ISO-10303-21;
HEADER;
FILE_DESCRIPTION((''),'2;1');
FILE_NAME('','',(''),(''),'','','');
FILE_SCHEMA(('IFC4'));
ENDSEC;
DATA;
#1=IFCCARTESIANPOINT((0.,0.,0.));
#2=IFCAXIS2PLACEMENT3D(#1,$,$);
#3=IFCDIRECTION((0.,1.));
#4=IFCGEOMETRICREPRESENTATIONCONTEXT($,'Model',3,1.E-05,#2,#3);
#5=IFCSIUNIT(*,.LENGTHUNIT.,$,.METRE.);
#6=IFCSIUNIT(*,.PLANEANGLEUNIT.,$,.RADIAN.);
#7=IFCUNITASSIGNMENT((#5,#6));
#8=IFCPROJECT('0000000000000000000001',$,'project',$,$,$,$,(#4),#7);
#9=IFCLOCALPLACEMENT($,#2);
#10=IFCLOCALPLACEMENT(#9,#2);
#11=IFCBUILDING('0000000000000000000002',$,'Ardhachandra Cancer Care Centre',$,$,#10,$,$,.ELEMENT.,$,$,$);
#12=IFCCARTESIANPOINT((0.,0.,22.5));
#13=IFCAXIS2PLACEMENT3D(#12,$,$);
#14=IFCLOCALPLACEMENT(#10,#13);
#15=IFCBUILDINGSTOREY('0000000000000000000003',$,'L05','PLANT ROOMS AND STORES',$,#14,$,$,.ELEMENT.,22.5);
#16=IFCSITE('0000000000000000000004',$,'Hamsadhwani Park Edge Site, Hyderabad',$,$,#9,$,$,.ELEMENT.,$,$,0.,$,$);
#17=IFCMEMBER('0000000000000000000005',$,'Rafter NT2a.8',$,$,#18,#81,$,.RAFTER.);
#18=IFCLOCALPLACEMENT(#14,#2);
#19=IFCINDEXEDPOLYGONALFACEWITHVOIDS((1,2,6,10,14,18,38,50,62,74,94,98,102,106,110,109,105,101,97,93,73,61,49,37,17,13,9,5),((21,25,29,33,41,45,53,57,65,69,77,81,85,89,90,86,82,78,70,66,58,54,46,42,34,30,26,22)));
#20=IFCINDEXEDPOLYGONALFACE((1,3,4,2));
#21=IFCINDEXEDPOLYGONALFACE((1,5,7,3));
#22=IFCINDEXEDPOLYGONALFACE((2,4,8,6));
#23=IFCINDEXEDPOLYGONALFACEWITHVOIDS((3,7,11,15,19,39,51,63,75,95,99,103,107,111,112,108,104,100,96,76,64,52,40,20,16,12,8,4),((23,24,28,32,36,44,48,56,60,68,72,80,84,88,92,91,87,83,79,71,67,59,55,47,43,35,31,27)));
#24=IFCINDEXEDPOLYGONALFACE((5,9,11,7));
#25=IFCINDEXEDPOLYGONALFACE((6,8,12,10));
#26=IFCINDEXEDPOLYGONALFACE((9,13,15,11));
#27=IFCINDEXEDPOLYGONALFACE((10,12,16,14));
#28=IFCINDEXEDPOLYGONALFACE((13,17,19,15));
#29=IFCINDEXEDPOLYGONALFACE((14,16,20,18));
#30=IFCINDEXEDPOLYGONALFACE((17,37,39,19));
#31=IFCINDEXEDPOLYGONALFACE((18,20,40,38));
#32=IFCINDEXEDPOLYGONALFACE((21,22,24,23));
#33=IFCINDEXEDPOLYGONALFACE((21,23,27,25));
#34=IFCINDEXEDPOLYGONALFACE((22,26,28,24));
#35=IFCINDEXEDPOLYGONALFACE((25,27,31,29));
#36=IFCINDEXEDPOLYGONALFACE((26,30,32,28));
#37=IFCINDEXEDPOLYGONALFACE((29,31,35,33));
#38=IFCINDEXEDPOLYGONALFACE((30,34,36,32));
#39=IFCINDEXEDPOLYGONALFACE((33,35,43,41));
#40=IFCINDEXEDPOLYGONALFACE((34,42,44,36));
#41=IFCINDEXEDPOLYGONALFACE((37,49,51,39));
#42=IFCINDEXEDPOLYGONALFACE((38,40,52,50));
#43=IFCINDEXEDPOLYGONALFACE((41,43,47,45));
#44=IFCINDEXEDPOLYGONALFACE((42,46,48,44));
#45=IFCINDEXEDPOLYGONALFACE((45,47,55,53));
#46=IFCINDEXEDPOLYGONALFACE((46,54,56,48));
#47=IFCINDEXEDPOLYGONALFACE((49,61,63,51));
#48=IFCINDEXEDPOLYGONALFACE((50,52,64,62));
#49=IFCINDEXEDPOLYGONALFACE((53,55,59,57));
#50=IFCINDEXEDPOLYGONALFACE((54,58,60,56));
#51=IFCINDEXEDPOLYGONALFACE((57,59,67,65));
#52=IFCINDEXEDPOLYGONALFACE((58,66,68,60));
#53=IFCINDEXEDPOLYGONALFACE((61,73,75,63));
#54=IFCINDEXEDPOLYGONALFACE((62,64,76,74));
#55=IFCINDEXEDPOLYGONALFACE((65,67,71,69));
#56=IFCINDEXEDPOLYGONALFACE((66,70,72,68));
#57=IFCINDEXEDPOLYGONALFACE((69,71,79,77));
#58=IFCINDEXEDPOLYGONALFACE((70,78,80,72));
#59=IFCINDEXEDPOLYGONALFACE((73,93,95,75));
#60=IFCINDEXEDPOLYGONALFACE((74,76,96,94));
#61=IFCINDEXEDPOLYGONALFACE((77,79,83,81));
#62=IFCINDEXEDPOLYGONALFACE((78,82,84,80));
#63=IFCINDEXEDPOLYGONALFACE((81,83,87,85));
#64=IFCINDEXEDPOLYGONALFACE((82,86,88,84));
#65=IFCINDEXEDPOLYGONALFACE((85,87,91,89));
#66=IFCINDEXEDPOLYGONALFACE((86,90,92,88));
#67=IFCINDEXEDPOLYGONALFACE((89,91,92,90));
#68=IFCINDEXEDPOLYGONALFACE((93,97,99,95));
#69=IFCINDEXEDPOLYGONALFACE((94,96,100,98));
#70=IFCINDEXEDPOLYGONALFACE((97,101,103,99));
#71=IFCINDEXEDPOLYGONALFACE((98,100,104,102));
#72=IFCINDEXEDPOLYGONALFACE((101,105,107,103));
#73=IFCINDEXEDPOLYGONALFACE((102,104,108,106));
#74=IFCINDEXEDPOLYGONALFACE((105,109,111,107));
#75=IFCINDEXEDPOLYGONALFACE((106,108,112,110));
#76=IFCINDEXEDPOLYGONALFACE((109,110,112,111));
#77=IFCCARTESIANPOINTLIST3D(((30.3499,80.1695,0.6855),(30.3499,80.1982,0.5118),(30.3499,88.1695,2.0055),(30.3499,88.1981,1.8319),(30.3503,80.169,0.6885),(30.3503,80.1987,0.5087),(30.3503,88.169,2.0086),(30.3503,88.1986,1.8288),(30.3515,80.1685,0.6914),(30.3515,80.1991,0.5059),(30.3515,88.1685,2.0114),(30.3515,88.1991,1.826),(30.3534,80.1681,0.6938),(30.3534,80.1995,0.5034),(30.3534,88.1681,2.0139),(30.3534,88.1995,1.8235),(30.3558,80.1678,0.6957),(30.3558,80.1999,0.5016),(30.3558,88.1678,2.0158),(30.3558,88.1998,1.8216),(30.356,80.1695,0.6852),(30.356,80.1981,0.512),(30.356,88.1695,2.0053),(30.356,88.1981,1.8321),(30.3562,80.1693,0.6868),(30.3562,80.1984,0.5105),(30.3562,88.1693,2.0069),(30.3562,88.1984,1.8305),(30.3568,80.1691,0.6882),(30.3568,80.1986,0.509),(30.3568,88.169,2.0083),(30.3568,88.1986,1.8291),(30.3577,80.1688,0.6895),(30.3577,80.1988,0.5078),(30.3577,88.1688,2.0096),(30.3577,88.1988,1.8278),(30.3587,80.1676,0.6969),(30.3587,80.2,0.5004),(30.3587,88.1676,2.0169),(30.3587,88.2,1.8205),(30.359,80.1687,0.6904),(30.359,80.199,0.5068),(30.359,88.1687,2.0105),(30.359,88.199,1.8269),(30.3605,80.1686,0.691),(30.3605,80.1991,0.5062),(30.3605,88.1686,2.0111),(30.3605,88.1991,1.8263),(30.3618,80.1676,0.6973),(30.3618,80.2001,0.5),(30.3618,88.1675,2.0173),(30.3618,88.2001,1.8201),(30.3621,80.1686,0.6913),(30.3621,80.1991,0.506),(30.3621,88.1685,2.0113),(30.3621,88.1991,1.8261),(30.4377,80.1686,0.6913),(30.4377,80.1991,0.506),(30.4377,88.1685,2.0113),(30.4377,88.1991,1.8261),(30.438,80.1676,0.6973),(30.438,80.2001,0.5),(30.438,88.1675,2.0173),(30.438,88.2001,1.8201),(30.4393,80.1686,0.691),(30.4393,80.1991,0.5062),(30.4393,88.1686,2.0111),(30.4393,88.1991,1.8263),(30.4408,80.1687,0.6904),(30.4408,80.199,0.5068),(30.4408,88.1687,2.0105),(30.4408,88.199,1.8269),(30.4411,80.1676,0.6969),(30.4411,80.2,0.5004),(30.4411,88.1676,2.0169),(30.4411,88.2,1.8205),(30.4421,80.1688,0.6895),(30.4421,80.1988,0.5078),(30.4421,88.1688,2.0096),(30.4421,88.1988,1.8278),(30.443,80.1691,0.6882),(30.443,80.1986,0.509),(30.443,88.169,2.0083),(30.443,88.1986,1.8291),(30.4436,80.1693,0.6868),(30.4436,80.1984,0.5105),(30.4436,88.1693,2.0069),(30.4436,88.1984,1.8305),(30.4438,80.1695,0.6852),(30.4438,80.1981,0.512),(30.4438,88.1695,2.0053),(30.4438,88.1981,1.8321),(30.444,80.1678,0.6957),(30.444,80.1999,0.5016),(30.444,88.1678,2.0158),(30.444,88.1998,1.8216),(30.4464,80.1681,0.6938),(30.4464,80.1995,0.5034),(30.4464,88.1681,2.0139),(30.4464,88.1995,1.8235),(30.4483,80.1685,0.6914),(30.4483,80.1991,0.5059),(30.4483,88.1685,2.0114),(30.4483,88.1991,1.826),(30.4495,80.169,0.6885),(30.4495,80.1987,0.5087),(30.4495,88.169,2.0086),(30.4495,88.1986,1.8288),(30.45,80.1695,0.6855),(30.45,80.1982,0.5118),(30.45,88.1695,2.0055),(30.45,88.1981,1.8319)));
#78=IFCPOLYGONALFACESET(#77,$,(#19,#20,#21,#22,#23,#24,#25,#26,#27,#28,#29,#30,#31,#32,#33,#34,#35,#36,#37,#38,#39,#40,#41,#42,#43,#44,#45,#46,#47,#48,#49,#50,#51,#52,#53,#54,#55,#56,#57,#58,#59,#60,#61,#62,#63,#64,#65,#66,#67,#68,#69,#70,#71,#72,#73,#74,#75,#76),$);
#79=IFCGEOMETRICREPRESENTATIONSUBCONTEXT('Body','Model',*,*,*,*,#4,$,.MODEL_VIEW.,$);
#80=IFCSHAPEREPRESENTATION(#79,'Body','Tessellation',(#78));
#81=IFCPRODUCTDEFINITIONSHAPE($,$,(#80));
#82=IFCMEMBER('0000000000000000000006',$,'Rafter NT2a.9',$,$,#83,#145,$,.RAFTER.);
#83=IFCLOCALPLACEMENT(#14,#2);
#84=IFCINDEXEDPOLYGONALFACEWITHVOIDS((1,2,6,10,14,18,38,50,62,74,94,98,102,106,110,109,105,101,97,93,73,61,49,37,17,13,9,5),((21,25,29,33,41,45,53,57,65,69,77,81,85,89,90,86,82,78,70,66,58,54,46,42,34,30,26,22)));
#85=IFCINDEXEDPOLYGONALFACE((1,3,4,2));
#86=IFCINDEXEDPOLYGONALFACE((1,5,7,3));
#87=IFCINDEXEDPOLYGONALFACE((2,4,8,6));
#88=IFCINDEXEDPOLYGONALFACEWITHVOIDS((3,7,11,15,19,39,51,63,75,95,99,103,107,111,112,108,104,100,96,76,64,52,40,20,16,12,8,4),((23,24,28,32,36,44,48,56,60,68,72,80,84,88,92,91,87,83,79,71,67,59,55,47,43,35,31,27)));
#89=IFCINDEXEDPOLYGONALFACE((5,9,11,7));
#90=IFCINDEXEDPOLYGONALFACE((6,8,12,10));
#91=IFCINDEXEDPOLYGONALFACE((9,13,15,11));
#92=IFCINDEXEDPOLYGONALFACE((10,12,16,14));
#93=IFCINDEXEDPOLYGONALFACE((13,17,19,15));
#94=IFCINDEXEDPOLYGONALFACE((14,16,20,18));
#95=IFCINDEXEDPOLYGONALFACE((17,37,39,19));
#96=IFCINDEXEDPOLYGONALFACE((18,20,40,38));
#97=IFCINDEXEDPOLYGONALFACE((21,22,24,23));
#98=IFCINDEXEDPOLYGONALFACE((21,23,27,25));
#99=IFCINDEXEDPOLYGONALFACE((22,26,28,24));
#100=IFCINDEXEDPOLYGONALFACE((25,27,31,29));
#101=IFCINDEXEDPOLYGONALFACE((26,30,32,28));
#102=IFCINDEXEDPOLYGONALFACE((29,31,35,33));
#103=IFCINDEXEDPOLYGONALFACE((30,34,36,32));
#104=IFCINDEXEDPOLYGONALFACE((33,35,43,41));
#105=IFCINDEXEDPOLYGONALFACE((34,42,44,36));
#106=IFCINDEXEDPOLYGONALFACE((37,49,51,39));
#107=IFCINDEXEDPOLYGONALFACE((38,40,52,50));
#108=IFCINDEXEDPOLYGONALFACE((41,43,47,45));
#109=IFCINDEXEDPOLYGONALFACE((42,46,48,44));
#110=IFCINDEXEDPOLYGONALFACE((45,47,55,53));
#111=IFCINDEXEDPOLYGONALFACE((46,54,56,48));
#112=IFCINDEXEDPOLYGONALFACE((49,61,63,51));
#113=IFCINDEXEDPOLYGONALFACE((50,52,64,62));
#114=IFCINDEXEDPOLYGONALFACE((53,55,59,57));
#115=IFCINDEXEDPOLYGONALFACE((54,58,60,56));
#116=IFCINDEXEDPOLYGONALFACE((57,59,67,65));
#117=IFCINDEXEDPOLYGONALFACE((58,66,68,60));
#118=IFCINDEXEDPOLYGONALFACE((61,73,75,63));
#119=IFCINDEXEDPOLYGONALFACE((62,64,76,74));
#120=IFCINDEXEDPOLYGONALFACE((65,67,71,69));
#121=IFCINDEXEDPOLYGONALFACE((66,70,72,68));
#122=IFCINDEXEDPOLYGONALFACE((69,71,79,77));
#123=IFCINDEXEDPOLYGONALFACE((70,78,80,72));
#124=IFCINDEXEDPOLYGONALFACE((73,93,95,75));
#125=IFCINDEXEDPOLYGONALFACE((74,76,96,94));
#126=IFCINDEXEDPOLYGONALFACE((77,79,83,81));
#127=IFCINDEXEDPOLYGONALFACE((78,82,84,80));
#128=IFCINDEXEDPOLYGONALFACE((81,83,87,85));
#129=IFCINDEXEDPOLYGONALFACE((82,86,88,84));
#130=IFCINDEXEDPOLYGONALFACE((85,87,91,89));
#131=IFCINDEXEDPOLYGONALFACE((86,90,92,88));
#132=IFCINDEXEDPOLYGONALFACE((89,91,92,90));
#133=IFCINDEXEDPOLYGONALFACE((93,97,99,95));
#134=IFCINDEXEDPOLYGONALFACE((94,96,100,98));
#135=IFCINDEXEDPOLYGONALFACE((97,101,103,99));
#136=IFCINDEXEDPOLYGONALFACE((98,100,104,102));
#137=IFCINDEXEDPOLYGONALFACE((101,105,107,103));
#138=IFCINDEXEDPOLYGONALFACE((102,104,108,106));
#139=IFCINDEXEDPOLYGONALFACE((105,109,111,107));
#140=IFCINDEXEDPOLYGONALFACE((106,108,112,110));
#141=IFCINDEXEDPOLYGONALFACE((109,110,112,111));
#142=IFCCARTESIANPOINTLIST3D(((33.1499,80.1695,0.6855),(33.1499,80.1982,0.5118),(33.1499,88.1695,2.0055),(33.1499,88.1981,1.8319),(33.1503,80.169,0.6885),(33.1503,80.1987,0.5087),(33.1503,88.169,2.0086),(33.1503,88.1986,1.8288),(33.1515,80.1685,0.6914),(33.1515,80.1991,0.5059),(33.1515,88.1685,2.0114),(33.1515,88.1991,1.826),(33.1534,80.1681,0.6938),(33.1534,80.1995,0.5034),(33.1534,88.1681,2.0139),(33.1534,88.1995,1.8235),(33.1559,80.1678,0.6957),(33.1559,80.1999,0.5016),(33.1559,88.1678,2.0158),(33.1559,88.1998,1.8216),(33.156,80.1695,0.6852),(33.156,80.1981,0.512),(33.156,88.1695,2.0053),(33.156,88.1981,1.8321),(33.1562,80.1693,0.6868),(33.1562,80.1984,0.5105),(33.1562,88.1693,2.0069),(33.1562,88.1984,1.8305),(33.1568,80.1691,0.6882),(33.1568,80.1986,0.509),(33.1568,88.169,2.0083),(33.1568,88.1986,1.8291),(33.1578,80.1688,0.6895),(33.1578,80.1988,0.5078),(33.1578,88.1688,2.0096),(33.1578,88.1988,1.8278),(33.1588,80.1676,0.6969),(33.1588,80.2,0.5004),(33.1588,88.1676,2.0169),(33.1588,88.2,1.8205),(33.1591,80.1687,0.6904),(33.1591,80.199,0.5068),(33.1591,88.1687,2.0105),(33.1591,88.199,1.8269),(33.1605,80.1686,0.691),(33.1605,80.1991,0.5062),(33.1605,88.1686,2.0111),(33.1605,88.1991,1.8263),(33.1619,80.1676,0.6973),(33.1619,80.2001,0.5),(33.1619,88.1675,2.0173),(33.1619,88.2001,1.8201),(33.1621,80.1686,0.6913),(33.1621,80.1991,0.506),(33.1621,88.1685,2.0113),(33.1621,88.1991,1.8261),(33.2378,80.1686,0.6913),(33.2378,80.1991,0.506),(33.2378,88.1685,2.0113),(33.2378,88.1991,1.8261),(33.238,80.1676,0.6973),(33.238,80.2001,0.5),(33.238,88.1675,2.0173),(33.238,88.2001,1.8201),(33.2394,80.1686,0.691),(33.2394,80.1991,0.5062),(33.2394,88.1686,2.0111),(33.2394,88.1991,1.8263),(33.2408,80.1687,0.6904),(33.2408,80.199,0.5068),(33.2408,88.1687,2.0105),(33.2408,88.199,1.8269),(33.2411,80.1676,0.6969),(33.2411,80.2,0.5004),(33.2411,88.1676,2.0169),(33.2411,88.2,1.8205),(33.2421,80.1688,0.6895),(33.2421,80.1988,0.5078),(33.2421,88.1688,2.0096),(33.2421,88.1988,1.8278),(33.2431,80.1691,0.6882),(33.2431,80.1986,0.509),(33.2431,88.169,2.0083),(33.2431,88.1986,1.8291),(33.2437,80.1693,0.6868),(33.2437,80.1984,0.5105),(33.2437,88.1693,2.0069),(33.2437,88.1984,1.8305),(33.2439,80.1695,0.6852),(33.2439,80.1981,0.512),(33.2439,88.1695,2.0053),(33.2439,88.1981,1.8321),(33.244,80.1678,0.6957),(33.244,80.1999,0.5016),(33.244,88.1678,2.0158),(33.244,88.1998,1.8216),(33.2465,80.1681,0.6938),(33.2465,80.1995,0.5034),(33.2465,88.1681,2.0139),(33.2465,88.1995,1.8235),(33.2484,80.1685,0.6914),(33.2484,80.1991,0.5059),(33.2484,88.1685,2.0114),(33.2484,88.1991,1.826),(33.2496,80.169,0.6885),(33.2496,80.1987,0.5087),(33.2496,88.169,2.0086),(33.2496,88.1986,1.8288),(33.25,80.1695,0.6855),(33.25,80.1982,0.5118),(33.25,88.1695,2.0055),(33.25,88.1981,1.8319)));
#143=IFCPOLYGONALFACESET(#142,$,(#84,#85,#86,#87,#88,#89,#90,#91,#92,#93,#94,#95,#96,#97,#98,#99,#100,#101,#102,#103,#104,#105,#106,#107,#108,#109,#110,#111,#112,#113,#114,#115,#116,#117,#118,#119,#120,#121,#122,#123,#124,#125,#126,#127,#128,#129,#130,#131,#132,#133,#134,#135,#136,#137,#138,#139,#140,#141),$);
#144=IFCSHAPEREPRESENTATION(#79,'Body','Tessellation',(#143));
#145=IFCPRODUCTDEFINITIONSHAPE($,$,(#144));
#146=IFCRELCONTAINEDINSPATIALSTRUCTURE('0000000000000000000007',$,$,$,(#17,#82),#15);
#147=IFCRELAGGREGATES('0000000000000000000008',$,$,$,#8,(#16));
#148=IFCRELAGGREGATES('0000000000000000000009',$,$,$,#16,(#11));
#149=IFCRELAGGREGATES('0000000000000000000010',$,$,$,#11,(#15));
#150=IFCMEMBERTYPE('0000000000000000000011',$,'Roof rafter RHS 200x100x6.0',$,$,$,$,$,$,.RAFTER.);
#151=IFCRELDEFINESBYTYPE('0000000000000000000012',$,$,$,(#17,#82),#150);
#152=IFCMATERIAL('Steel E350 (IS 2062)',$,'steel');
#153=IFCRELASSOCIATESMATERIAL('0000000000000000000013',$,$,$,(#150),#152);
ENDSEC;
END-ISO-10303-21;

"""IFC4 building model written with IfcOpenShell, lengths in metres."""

from ifc_helpers import new_model, si_unit, direction, frame, origin, origin_2d, place, context, subcontext, project, spatial, hollow_rectangle, extrude, material, material_profile, profile_set, type_object, element, save


model = new_model("IFC4")

# Units and contexts
model_context = context("Model", 3, precision=1e-05, world=origin(), true_north=direction((0.0, 1.0)))
body_context = subcontext(model_context, "Body", "Model", "MODEL_VIEW")
ifc_project = project(units=[si_unit("LENGTHUNIT", "METRE"), si_unit("PLANEANGLEUNIT", "RADIAN")], contexts=[model_context])

# Site, building, storey
site_placement = place(None, origin())
site = spatial("IfcSite", under=ifc_project, at=site_placement, Name="Hamsadhwani Park Edge Site, Hyderabad", CompositionType="ELEMENT", RefElevation=0.0)
building_placement = place(site_placement, origin())
building = spatial("IfcBuilding", under=site, at=building_placement, Name="Ardhachandra Cancer Care Centre", CompositionType="ELEMENT")
storey_placement = place(building_placement, frame((0.0, 0.0, 22.5)))
storey = spatial("IfcBuildingStorey", under=building, at=storey_placement, Name="L05", Description="PLANT ROOMS AND STORES", CompositionType="ELEMENT", Elevation=22.5)

# Members
ifc_material_1 = material(Name="Steel E350 (IS 2062)", Category="steel")
ifc_material_profile_1 = material_profile(ifc_material_1, hollow_rectangle(XDim=0.1001, YDim=0.2, WallThickness=0.0061, InnerFilletRadius=0.0061, OuterFilletRadius=0.012, at=origin_2d()), Name="RHS 200x100x6.0")
ifc_profile_set_1 = profile_set([ifc_material_profile_1], Name="Steel E350 (IS 2062)")
member_type_1 = type_object("IfcMemberType", Name="Roof rafter RHS 200x100x6.0", PredefinedType="RAFTER", material=ifc_profile_set_1)
for number, where, z_axis, x_axis, name in (
    (1, (30.3999, 80.1838, 0.5986), (0.0, 0.986658, 0.162807), (-1.0, 0.0, 0.0), "Rafter NT2a.8"),
    (2, (33.2, 80.1838, 0.5986), (0.0, 0.986658, 0.162807), (-1.0, 0.0, 0.0), "Rafter NT2a.9"),
):
    element("IfcMember", number, at=place(storey_placement, frame(where, z_axis=z_axis, x_axis=x_axis)), inside=storey, type_object=member_type_1, Name=name, PredefinedType="RAFTER", context=body_context, shape_type="SweptSolid", body=[
        extrude(hollow_rectangle(XDim=0.1001, YDim=0.2, WallThickness=0.0061, InnerFilletRadius=0.0061, OuterFilletRadius=0.012, at=origin_2d()), origin(), (0.0, 0.0, 1.0), 8.1082),
    ])

save(model, "model.ifc")
